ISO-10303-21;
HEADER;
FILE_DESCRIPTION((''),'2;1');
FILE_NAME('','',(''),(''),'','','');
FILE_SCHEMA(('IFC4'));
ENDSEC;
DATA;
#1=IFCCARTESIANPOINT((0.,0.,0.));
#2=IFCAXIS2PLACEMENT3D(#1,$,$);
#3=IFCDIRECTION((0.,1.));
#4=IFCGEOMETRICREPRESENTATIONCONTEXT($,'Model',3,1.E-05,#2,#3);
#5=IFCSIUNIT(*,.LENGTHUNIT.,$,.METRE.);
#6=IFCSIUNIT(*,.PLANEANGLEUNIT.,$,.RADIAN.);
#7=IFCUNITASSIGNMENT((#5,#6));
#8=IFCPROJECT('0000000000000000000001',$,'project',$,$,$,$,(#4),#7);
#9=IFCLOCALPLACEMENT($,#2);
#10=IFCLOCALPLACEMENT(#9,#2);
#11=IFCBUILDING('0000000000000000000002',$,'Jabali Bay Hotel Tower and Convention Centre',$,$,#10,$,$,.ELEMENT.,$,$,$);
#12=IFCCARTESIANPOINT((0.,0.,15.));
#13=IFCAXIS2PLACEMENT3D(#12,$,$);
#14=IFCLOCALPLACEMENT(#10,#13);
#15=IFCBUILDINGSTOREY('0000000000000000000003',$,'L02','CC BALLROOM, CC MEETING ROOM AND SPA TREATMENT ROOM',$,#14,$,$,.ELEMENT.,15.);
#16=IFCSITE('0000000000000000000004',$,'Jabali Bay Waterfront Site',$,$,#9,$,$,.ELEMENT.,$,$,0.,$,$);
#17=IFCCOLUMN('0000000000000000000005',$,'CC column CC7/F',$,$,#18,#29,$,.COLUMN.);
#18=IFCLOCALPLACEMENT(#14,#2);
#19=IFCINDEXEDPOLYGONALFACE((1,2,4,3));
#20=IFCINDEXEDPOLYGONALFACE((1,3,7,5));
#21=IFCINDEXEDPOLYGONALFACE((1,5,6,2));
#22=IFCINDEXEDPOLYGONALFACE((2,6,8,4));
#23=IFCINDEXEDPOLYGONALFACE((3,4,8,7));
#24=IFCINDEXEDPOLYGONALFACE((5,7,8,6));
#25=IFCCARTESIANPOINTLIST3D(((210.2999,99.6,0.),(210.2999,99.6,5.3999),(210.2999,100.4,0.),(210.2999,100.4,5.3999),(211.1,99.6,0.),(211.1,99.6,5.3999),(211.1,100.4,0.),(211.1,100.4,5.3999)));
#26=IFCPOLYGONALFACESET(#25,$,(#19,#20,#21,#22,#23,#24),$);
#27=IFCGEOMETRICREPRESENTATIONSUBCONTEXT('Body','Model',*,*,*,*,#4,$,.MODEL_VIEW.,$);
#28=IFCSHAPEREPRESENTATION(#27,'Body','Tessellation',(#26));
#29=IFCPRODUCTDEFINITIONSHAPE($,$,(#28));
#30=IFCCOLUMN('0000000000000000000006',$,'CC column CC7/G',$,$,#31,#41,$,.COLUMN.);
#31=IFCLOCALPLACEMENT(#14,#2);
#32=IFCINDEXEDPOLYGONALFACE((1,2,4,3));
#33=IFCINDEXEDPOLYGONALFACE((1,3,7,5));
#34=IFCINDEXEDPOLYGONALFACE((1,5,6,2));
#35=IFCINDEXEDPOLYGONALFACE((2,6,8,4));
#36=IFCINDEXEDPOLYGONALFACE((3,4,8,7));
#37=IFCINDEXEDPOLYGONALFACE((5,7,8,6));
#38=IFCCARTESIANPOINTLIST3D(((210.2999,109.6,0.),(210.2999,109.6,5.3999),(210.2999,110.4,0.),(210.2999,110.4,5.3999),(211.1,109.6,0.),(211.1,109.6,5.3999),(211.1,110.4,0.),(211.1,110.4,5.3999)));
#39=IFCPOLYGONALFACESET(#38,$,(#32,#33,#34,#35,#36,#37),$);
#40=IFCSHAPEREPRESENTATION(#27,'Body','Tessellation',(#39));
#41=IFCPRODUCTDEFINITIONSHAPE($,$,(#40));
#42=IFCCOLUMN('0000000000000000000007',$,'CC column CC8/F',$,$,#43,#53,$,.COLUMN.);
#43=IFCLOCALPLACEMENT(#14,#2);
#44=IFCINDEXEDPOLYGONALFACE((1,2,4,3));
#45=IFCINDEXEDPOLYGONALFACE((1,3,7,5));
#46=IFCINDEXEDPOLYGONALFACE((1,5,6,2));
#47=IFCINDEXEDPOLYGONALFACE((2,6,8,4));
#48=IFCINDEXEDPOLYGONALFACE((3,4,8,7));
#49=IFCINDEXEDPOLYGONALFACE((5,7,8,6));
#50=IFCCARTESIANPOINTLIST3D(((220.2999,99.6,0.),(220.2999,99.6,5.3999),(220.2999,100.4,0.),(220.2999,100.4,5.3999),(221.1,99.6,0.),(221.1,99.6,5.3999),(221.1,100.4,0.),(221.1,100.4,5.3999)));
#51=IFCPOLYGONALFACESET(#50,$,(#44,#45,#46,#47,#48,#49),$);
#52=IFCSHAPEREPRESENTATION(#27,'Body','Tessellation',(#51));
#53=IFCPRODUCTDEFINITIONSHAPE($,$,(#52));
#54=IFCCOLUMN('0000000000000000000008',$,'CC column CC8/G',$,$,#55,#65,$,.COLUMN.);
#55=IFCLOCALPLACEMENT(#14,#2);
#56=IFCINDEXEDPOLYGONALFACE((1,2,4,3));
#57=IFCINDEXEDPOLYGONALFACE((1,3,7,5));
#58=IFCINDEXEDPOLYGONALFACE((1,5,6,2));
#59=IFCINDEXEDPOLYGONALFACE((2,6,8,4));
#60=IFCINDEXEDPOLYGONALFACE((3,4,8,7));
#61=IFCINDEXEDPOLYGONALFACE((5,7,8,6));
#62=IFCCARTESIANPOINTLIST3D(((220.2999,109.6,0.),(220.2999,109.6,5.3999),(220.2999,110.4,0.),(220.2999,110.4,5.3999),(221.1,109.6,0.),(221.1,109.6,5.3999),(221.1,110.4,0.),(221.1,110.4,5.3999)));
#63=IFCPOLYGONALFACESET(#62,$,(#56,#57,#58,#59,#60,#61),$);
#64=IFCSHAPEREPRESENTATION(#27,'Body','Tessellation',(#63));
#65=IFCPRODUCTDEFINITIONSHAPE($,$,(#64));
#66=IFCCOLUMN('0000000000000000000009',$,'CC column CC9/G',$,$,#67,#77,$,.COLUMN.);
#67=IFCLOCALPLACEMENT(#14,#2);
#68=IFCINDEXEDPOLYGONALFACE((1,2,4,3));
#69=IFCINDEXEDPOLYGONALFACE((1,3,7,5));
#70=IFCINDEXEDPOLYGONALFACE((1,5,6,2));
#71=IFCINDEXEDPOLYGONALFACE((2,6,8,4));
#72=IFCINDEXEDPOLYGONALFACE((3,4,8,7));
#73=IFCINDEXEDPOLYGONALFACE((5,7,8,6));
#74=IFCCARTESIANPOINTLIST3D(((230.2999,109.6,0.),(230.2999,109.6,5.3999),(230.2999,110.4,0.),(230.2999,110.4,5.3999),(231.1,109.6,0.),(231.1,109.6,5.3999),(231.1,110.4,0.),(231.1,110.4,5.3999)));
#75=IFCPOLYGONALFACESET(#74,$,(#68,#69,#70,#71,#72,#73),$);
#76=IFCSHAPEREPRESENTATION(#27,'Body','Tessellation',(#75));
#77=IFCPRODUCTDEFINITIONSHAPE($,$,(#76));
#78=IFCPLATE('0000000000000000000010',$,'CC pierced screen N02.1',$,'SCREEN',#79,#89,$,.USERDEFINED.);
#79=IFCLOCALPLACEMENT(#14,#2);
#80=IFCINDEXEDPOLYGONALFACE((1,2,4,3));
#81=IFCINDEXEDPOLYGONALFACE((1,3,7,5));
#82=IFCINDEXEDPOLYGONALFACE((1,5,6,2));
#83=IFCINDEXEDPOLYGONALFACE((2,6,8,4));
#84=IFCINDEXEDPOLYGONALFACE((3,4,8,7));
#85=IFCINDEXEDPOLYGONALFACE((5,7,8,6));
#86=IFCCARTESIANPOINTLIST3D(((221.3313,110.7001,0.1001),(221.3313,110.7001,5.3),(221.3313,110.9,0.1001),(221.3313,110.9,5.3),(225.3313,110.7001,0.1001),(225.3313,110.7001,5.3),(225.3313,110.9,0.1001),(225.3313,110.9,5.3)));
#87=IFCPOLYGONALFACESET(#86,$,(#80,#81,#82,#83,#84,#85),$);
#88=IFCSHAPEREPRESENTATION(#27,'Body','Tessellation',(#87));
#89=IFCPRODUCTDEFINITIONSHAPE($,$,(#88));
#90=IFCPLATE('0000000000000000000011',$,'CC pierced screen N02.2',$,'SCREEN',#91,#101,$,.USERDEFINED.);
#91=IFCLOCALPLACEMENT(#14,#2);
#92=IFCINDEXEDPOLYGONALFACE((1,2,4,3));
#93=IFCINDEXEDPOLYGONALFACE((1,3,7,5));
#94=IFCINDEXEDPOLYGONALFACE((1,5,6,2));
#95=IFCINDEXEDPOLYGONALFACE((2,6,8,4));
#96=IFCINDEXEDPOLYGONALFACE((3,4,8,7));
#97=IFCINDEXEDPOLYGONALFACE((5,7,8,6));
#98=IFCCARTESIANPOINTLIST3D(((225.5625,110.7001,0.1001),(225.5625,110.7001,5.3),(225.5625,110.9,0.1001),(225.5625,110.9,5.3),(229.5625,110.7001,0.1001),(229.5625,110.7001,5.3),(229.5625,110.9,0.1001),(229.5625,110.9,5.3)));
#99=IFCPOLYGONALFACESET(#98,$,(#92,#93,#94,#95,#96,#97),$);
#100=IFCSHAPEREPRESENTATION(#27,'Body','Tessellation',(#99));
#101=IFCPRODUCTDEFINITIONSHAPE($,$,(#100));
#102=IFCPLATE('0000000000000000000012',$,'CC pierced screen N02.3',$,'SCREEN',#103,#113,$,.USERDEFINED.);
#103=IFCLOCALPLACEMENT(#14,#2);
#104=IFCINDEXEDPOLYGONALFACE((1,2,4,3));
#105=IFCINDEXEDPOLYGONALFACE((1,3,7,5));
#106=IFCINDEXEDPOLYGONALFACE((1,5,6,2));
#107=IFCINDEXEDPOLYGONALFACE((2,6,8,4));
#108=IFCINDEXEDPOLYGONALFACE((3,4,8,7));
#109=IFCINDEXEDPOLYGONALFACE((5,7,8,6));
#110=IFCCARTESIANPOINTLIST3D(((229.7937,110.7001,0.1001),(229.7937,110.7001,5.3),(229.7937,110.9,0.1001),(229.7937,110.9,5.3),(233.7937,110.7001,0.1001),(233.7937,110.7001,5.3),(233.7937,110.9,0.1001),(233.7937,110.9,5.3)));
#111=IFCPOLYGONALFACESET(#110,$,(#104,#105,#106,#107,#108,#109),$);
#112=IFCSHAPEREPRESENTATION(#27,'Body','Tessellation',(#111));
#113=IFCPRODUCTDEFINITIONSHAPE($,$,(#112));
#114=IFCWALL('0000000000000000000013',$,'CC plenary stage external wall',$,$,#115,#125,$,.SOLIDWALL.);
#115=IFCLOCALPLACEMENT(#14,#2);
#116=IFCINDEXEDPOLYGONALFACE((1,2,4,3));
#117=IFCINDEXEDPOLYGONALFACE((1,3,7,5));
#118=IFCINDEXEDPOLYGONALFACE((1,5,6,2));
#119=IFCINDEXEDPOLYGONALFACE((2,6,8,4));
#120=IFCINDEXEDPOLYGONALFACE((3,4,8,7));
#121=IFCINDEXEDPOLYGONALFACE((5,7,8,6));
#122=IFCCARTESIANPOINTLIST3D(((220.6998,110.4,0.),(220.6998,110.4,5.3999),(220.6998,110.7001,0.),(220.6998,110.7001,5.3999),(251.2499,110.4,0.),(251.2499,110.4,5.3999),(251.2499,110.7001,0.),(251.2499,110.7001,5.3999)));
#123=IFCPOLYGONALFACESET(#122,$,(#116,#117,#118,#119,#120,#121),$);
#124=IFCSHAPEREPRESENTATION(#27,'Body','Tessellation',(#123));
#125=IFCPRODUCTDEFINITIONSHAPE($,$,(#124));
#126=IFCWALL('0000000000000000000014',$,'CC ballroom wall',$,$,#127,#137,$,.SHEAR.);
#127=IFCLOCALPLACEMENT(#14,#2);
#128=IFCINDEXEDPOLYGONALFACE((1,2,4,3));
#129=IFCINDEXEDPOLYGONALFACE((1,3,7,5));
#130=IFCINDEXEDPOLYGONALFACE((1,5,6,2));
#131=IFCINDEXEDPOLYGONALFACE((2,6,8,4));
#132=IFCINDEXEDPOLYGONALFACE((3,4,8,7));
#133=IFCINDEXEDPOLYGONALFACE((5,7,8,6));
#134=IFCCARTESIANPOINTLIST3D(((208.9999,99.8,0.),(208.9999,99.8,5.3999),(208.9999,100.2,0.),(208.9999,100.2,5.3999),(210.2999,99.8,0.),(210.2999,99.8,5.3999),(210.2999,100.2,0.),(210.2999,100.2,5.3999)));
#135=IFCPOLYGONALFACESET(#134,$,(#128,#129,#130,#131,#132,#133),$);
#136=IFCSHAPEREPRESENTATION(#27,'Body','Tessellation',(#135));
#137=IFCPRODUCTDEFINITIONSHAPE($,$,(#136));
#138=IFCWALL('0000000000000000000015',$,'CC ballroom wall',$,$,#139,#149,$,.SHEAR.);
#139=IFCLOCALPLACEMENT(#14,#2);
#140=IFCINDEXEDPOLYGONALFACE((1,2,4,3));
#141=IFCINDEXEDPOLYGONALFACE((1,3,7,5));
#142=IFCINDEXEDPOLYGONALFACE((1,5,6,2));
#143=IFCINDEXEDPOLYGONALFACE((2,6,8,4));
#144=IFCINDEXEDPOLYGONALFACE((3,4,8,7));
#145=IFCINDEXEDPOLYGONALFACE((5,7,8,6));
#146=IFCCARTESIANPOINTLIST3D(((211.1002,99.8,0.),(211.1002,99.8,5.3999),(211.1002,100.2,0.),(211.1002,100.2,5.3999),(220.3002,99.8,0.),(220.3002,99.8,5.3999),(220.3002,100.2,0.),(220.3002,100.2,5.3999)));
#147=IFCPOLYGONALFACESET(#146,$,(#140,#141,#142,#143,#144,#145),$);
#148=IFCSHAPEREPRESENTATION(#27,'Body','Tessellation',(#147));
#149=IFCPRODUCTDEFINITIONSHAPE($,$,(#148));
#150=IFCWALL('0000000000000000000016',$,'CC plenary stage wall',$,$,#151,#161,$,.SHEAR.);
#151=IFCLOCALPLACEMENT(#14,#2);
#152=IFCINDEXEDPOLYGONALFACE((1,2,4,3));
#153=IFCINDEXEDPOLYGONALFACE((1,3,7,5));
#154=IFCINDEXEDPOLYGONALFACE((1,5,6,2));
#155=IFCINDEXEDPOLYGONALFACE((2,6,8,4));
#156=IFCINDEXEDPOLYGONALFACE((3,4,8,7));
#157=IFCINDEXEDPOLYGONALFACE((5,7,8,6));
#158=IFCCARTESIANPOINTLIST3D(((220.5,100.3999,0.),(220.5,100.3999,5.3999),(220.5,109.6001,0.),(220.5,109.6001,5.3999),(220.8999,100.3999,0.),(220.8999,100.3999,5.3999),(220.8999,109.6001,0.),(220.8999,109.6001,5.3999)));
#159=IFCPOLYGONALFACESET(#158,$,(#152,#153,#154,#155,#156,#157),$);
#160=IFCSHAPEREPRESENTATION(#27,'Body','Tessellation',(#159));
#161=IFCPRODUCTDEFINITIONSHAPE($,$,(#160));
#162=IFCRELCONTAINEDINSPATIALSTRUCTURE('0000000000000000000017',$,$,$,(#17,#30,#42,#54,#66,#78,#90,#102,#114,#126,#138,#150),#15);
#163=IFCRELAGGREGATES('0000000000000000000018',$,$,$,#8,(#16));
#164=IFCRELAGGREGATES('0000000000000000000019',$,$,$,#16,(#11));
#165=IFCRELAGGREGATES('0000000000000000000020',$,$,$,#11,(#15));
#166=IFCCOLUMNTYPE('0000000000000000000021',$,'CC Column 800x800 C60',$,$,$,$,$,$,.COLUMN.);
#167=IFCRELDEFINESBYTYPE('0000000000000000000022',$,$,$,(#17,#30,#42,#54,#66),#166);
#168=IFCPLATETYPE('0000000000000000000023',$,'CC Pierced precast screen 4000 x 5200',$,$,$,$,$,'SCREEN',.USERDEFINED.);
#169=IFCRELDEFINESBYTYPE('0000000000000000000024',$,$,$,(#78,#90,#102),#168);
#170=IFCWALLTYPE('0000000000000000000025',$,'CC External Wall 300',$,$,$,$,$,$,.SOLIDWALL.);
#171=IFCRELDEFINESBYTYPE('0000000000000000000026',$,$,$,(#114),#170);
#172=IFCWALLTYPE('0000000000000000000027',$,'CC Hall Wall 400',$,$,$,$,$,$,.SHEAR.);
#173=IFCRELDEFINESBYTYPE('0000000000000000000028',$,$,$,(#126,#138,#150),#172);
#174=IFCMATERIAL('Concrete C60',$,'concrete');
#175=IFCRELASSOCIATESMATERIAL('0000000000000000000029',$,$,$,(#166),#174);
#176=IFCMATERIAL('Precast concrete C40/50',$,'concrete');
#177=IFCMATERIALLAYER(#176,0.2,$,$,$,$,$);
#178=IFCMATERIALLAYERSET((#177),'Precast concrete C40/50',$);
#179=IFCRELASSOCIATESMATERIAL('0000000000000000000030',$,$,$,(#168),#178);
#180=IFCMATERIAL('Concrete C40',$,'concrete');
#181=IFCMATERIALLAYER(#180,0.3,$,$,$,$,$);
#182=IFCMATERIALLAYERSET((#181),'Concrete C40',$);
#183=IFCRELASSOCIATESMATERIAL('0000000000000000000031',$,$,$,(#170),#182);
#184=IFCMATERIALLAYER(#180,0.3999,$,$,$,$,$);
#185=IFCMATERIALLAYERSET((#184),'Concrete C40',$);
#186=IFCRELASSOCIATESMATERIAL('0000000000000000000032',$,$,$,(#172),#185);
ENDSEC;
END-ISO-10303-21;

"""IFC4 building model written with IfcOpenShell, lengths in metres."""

from ifc_helpers import new_model, si_unit, direction, frame, frame_2d, origin, origin_2d, place, context, subcontext, project, spatial, rectangle, extrude, material, layer, layer_set, material_profile, profile_set, type_object, element, save


model = new_model("IFC4")

# Units and contexts
model_context = context("Model", 3, precision=1e-05, world=origin(), true_north=direction((0.0, 1.0)))
body_context = subcontext(model_context, "Body", "Model", "MODEL_VIEW")
ifc_project = project(units=[si_unit("LENGTHUNIT", "METRE"), si_unit("PLANEANGLEUNIT", "RADIAN")], contexts=[model_context])

# Site, building, storey
site_placement = place(None, origin())
site = spatial("IfcSite", under=ifc_project, at=site_placement, Name="Jabali Bay Waterfront Site", CompositionType="ELEMENT", RefElevation=0.0)
building_placement = place(site_placement, origin())
building = spatial("IfcBuilding", under=site, at=building_placement, Name="Jabali Bay Hotel Tower and Convention Centre", CompositionType="ELEMENT")
storey_placement = place(building_placement, frame((0.0, 0.0, 15.0)))
storey = spatial("IfcBuildingStorey", under=building, at=storey_placement, Name="L02", Description="CC BALLROOM, CC MEETING ROOM AND SPA TREATMENT ROOM", CompositionType="ELEMENT", Elevation=15.0)

# Columns
ifc_material_1 = material(Name="Concrete C60", Category="concrete")
ifc_material_profile = material_profile(ifc_material_1, rectangle(XDim=0.8, YDim=0.8, at=origin_2d()), Name="RC 800x800")
ifc_profile_set = profile_set([ifc_material_profile], Name="Concrete C60")
column_type = type_object("IfcColumnType", Name="CC Column 800x800 C60", PredefinedType="COLUMN", material=ifc_profile_set)
for number, where, z_axis, x_axis, name in (
    (1, (210.7, 100.0, 0.0), (0.0, 0.0, 1.0), (1.0, 0.0, 0.0), "CC column CC7/F"),
    (2, (210.7, 110.0, 0.0), (0.0, 0.0, 1.0), (1.0, 0.0, 0.0), "CC column CC7/G"),
    (3, (220.7, 100.0, 0.0), (0.0, 0.0, 1.0), (1.0, 0.0, 0.0), "CC column CC8/F"),
    (4, (220.7, 110.0, 0.0), (0.0, 0.0, 1.0), (1.0, 0.0, 0.0), "CC column CC8/G"),
    (5, (230.7, 110.0, 0.0), (0.0, 0.0, 1.0), (1.0, 0.0, 0.0), "CC column CC9/G"),
):
    element("IfcColumn", number, at=place(storey_placement, frame(where, z_axis=z_axis, x_axis=x_axis)), inside=storey, type_object=column_type, Name=name, PredefinedType="COLUMN", context=body_context, shape_type="SweptSolid", body=[
        extrude(rectangle(XDim=0.8, YDim=0.8, at=origin_2d()), origin(), (0.0, 0.0, 1.0), 5.3999),
    ])

# Plates
ifc_material_2 = material(Name="Precast concrete C40/50", Category="concrete")
ifc_layer_1 = layer(ifc_material_2, 0.2)
ifc_layer_set_1 = layer_set([ifc_layer_1], Name="Precast concrete C40/50")
plate_type = type_object("IfcPlateType", Name="CC Pierced precast screen 4000 x 5200", ElementType="SCREEN", PredefinedType="USERDEFINED", material=ifc_layer_set_1)
for number, where, z_axis, x_axis, name in (
    (6, (223.3313, 110.8, 0.1001), (0.0, 0.0, 1.0), (1.0, 0.0, 0.0), "CC pierced screen N02.1"),
    (7, (227.5625, 110.8, 0.1001), (0.0, 0.0, 1.0), (1.0, 0.0, 0.0), "CC pierced screen N02.2"),
    (8, (231.7937, 110.8, 0.1001), (0.0, 0.0, 1.0), (1.0, 0.0, 0.0), "CC pierced screen N02.3"),
):
    element("IfcPlate", number, at=place(storey_placement, frame(where, z_axis=z_axis, x_axis=x_axis)), inside=storey, type_object=plate_type, Name=name, ObjectType="SCREEN", PredefinedType="USERDEFINED", context=body_context, shape_type="SweptSolid", body=[
        extrude(rectangle(XDim=4.0, YDim=0.2, at=origin_2d()), origin(), (0.0, 0.0, 1.0), 5.2),
    ])

# Walls
ifc_material_3 = material(Name="Concrete C40", Category="concrete")
ifc_layer_2 = layer(ifc_material_3, 0.3)
ifc_layer_set_2 = layer_set([ifc_layer_2], Name="Concrete C40")
wall_type_1 = type_object("IfcWallType", Name="CC External Wall 300", PredefinedType="SOLIDWALL", material=ifc_layer_set_2)
wall_1_placement = place(storey_placement, frame((220.7, 110.55, 0.0), z_axis=(0.0, 0.0, 1.0), x_axis=(1.0, 0.0, 0.0)))
element("IfcWall", 9, at=wall_1_placement, inside=storey, type_object=wall_type_1, Name="CC plenary stage external wall", PredefinedType="SOLIDWALL", context=body_context, shape_type="SweptSolid", body=[
    extrude(rectangle(XDim=30.55, YDim=0.3, at=frame_2d((15.2749, 0.0))), origin(), (0.0, 0.0, 1.0), 5.3999),
])
ifc_layer_3 = layer(ifc_material_3, 0.3999)
ifc_layer_set_3 = layer_set([ifc_layer_3], Name="Concrete C40")
wall_type_2 = type_object("IfcWallType", Name="CC Hall Wall 400", PredefinedType="SHEAR", material=ifc_layer_set_3)
wall_2_placement = place(storey_placement, frame((209.0, 100.0, 0.0), z_axis=(0.0, 0.0, 1.0), x_axis=(1.0, 0.0, 0.0)))
element("IfcWall", 10, at=wall_2_placement, inside=storey, type_object=wall_type_2, Name="CC ballroom wall", PredefinedType="SHEAR", context=body_context, shape_type="SweptSolid", body=[
    extrude(rectangle(XDim=1.3, YDim=0.3999, at=frame_2d((0.6499, 0.0))), origin(), (0.0, 0.0, 1.0), 5.3999),
])
wall_3_placement = place(storey_placement, frame((211.1001, 100.0, 0.0), z_axis=(0.0, 0.0, 1.0), x_axis=(1.0, 0.0, 0.0)))
element("IfcWall", 11, at=wall_3_placement, inside=storey, type_object=wall_type_2, Name="CC ballroom wall", PredefinedType="SHEAR", context=body_context, shape_type="SweptSolid", body=[
    extrude(rectangle(XDim=9.2, YDim=0.3999, at=frame_2d((4.6001, 0.0))), origin(), (0.0, 0.0, 1.0), 5.3999),
])
wall_4_placement = place(storey_placement, frame((220.7, 100.3999, 0.0), z_axis=(0.0, 0.0, 1.0), x_axis=(0.0, 1.0, 0.0)))
element("IfcWall", 12, at=wall_4_placement, inside=storey, type_object=wall_type_2, Name="CC plenary stage wall", PredefinedType="SHEAR", context=body_context, shape_type="SweptSolid", body=[
    extrude(rectangle(XDim=9.2002, YDim=0.3999, at=frame_2d((4.6001, 0.0))), origin(), (0.0, 0.0, 1.0), 5.3999),
])

save(model, "model.ifc")
